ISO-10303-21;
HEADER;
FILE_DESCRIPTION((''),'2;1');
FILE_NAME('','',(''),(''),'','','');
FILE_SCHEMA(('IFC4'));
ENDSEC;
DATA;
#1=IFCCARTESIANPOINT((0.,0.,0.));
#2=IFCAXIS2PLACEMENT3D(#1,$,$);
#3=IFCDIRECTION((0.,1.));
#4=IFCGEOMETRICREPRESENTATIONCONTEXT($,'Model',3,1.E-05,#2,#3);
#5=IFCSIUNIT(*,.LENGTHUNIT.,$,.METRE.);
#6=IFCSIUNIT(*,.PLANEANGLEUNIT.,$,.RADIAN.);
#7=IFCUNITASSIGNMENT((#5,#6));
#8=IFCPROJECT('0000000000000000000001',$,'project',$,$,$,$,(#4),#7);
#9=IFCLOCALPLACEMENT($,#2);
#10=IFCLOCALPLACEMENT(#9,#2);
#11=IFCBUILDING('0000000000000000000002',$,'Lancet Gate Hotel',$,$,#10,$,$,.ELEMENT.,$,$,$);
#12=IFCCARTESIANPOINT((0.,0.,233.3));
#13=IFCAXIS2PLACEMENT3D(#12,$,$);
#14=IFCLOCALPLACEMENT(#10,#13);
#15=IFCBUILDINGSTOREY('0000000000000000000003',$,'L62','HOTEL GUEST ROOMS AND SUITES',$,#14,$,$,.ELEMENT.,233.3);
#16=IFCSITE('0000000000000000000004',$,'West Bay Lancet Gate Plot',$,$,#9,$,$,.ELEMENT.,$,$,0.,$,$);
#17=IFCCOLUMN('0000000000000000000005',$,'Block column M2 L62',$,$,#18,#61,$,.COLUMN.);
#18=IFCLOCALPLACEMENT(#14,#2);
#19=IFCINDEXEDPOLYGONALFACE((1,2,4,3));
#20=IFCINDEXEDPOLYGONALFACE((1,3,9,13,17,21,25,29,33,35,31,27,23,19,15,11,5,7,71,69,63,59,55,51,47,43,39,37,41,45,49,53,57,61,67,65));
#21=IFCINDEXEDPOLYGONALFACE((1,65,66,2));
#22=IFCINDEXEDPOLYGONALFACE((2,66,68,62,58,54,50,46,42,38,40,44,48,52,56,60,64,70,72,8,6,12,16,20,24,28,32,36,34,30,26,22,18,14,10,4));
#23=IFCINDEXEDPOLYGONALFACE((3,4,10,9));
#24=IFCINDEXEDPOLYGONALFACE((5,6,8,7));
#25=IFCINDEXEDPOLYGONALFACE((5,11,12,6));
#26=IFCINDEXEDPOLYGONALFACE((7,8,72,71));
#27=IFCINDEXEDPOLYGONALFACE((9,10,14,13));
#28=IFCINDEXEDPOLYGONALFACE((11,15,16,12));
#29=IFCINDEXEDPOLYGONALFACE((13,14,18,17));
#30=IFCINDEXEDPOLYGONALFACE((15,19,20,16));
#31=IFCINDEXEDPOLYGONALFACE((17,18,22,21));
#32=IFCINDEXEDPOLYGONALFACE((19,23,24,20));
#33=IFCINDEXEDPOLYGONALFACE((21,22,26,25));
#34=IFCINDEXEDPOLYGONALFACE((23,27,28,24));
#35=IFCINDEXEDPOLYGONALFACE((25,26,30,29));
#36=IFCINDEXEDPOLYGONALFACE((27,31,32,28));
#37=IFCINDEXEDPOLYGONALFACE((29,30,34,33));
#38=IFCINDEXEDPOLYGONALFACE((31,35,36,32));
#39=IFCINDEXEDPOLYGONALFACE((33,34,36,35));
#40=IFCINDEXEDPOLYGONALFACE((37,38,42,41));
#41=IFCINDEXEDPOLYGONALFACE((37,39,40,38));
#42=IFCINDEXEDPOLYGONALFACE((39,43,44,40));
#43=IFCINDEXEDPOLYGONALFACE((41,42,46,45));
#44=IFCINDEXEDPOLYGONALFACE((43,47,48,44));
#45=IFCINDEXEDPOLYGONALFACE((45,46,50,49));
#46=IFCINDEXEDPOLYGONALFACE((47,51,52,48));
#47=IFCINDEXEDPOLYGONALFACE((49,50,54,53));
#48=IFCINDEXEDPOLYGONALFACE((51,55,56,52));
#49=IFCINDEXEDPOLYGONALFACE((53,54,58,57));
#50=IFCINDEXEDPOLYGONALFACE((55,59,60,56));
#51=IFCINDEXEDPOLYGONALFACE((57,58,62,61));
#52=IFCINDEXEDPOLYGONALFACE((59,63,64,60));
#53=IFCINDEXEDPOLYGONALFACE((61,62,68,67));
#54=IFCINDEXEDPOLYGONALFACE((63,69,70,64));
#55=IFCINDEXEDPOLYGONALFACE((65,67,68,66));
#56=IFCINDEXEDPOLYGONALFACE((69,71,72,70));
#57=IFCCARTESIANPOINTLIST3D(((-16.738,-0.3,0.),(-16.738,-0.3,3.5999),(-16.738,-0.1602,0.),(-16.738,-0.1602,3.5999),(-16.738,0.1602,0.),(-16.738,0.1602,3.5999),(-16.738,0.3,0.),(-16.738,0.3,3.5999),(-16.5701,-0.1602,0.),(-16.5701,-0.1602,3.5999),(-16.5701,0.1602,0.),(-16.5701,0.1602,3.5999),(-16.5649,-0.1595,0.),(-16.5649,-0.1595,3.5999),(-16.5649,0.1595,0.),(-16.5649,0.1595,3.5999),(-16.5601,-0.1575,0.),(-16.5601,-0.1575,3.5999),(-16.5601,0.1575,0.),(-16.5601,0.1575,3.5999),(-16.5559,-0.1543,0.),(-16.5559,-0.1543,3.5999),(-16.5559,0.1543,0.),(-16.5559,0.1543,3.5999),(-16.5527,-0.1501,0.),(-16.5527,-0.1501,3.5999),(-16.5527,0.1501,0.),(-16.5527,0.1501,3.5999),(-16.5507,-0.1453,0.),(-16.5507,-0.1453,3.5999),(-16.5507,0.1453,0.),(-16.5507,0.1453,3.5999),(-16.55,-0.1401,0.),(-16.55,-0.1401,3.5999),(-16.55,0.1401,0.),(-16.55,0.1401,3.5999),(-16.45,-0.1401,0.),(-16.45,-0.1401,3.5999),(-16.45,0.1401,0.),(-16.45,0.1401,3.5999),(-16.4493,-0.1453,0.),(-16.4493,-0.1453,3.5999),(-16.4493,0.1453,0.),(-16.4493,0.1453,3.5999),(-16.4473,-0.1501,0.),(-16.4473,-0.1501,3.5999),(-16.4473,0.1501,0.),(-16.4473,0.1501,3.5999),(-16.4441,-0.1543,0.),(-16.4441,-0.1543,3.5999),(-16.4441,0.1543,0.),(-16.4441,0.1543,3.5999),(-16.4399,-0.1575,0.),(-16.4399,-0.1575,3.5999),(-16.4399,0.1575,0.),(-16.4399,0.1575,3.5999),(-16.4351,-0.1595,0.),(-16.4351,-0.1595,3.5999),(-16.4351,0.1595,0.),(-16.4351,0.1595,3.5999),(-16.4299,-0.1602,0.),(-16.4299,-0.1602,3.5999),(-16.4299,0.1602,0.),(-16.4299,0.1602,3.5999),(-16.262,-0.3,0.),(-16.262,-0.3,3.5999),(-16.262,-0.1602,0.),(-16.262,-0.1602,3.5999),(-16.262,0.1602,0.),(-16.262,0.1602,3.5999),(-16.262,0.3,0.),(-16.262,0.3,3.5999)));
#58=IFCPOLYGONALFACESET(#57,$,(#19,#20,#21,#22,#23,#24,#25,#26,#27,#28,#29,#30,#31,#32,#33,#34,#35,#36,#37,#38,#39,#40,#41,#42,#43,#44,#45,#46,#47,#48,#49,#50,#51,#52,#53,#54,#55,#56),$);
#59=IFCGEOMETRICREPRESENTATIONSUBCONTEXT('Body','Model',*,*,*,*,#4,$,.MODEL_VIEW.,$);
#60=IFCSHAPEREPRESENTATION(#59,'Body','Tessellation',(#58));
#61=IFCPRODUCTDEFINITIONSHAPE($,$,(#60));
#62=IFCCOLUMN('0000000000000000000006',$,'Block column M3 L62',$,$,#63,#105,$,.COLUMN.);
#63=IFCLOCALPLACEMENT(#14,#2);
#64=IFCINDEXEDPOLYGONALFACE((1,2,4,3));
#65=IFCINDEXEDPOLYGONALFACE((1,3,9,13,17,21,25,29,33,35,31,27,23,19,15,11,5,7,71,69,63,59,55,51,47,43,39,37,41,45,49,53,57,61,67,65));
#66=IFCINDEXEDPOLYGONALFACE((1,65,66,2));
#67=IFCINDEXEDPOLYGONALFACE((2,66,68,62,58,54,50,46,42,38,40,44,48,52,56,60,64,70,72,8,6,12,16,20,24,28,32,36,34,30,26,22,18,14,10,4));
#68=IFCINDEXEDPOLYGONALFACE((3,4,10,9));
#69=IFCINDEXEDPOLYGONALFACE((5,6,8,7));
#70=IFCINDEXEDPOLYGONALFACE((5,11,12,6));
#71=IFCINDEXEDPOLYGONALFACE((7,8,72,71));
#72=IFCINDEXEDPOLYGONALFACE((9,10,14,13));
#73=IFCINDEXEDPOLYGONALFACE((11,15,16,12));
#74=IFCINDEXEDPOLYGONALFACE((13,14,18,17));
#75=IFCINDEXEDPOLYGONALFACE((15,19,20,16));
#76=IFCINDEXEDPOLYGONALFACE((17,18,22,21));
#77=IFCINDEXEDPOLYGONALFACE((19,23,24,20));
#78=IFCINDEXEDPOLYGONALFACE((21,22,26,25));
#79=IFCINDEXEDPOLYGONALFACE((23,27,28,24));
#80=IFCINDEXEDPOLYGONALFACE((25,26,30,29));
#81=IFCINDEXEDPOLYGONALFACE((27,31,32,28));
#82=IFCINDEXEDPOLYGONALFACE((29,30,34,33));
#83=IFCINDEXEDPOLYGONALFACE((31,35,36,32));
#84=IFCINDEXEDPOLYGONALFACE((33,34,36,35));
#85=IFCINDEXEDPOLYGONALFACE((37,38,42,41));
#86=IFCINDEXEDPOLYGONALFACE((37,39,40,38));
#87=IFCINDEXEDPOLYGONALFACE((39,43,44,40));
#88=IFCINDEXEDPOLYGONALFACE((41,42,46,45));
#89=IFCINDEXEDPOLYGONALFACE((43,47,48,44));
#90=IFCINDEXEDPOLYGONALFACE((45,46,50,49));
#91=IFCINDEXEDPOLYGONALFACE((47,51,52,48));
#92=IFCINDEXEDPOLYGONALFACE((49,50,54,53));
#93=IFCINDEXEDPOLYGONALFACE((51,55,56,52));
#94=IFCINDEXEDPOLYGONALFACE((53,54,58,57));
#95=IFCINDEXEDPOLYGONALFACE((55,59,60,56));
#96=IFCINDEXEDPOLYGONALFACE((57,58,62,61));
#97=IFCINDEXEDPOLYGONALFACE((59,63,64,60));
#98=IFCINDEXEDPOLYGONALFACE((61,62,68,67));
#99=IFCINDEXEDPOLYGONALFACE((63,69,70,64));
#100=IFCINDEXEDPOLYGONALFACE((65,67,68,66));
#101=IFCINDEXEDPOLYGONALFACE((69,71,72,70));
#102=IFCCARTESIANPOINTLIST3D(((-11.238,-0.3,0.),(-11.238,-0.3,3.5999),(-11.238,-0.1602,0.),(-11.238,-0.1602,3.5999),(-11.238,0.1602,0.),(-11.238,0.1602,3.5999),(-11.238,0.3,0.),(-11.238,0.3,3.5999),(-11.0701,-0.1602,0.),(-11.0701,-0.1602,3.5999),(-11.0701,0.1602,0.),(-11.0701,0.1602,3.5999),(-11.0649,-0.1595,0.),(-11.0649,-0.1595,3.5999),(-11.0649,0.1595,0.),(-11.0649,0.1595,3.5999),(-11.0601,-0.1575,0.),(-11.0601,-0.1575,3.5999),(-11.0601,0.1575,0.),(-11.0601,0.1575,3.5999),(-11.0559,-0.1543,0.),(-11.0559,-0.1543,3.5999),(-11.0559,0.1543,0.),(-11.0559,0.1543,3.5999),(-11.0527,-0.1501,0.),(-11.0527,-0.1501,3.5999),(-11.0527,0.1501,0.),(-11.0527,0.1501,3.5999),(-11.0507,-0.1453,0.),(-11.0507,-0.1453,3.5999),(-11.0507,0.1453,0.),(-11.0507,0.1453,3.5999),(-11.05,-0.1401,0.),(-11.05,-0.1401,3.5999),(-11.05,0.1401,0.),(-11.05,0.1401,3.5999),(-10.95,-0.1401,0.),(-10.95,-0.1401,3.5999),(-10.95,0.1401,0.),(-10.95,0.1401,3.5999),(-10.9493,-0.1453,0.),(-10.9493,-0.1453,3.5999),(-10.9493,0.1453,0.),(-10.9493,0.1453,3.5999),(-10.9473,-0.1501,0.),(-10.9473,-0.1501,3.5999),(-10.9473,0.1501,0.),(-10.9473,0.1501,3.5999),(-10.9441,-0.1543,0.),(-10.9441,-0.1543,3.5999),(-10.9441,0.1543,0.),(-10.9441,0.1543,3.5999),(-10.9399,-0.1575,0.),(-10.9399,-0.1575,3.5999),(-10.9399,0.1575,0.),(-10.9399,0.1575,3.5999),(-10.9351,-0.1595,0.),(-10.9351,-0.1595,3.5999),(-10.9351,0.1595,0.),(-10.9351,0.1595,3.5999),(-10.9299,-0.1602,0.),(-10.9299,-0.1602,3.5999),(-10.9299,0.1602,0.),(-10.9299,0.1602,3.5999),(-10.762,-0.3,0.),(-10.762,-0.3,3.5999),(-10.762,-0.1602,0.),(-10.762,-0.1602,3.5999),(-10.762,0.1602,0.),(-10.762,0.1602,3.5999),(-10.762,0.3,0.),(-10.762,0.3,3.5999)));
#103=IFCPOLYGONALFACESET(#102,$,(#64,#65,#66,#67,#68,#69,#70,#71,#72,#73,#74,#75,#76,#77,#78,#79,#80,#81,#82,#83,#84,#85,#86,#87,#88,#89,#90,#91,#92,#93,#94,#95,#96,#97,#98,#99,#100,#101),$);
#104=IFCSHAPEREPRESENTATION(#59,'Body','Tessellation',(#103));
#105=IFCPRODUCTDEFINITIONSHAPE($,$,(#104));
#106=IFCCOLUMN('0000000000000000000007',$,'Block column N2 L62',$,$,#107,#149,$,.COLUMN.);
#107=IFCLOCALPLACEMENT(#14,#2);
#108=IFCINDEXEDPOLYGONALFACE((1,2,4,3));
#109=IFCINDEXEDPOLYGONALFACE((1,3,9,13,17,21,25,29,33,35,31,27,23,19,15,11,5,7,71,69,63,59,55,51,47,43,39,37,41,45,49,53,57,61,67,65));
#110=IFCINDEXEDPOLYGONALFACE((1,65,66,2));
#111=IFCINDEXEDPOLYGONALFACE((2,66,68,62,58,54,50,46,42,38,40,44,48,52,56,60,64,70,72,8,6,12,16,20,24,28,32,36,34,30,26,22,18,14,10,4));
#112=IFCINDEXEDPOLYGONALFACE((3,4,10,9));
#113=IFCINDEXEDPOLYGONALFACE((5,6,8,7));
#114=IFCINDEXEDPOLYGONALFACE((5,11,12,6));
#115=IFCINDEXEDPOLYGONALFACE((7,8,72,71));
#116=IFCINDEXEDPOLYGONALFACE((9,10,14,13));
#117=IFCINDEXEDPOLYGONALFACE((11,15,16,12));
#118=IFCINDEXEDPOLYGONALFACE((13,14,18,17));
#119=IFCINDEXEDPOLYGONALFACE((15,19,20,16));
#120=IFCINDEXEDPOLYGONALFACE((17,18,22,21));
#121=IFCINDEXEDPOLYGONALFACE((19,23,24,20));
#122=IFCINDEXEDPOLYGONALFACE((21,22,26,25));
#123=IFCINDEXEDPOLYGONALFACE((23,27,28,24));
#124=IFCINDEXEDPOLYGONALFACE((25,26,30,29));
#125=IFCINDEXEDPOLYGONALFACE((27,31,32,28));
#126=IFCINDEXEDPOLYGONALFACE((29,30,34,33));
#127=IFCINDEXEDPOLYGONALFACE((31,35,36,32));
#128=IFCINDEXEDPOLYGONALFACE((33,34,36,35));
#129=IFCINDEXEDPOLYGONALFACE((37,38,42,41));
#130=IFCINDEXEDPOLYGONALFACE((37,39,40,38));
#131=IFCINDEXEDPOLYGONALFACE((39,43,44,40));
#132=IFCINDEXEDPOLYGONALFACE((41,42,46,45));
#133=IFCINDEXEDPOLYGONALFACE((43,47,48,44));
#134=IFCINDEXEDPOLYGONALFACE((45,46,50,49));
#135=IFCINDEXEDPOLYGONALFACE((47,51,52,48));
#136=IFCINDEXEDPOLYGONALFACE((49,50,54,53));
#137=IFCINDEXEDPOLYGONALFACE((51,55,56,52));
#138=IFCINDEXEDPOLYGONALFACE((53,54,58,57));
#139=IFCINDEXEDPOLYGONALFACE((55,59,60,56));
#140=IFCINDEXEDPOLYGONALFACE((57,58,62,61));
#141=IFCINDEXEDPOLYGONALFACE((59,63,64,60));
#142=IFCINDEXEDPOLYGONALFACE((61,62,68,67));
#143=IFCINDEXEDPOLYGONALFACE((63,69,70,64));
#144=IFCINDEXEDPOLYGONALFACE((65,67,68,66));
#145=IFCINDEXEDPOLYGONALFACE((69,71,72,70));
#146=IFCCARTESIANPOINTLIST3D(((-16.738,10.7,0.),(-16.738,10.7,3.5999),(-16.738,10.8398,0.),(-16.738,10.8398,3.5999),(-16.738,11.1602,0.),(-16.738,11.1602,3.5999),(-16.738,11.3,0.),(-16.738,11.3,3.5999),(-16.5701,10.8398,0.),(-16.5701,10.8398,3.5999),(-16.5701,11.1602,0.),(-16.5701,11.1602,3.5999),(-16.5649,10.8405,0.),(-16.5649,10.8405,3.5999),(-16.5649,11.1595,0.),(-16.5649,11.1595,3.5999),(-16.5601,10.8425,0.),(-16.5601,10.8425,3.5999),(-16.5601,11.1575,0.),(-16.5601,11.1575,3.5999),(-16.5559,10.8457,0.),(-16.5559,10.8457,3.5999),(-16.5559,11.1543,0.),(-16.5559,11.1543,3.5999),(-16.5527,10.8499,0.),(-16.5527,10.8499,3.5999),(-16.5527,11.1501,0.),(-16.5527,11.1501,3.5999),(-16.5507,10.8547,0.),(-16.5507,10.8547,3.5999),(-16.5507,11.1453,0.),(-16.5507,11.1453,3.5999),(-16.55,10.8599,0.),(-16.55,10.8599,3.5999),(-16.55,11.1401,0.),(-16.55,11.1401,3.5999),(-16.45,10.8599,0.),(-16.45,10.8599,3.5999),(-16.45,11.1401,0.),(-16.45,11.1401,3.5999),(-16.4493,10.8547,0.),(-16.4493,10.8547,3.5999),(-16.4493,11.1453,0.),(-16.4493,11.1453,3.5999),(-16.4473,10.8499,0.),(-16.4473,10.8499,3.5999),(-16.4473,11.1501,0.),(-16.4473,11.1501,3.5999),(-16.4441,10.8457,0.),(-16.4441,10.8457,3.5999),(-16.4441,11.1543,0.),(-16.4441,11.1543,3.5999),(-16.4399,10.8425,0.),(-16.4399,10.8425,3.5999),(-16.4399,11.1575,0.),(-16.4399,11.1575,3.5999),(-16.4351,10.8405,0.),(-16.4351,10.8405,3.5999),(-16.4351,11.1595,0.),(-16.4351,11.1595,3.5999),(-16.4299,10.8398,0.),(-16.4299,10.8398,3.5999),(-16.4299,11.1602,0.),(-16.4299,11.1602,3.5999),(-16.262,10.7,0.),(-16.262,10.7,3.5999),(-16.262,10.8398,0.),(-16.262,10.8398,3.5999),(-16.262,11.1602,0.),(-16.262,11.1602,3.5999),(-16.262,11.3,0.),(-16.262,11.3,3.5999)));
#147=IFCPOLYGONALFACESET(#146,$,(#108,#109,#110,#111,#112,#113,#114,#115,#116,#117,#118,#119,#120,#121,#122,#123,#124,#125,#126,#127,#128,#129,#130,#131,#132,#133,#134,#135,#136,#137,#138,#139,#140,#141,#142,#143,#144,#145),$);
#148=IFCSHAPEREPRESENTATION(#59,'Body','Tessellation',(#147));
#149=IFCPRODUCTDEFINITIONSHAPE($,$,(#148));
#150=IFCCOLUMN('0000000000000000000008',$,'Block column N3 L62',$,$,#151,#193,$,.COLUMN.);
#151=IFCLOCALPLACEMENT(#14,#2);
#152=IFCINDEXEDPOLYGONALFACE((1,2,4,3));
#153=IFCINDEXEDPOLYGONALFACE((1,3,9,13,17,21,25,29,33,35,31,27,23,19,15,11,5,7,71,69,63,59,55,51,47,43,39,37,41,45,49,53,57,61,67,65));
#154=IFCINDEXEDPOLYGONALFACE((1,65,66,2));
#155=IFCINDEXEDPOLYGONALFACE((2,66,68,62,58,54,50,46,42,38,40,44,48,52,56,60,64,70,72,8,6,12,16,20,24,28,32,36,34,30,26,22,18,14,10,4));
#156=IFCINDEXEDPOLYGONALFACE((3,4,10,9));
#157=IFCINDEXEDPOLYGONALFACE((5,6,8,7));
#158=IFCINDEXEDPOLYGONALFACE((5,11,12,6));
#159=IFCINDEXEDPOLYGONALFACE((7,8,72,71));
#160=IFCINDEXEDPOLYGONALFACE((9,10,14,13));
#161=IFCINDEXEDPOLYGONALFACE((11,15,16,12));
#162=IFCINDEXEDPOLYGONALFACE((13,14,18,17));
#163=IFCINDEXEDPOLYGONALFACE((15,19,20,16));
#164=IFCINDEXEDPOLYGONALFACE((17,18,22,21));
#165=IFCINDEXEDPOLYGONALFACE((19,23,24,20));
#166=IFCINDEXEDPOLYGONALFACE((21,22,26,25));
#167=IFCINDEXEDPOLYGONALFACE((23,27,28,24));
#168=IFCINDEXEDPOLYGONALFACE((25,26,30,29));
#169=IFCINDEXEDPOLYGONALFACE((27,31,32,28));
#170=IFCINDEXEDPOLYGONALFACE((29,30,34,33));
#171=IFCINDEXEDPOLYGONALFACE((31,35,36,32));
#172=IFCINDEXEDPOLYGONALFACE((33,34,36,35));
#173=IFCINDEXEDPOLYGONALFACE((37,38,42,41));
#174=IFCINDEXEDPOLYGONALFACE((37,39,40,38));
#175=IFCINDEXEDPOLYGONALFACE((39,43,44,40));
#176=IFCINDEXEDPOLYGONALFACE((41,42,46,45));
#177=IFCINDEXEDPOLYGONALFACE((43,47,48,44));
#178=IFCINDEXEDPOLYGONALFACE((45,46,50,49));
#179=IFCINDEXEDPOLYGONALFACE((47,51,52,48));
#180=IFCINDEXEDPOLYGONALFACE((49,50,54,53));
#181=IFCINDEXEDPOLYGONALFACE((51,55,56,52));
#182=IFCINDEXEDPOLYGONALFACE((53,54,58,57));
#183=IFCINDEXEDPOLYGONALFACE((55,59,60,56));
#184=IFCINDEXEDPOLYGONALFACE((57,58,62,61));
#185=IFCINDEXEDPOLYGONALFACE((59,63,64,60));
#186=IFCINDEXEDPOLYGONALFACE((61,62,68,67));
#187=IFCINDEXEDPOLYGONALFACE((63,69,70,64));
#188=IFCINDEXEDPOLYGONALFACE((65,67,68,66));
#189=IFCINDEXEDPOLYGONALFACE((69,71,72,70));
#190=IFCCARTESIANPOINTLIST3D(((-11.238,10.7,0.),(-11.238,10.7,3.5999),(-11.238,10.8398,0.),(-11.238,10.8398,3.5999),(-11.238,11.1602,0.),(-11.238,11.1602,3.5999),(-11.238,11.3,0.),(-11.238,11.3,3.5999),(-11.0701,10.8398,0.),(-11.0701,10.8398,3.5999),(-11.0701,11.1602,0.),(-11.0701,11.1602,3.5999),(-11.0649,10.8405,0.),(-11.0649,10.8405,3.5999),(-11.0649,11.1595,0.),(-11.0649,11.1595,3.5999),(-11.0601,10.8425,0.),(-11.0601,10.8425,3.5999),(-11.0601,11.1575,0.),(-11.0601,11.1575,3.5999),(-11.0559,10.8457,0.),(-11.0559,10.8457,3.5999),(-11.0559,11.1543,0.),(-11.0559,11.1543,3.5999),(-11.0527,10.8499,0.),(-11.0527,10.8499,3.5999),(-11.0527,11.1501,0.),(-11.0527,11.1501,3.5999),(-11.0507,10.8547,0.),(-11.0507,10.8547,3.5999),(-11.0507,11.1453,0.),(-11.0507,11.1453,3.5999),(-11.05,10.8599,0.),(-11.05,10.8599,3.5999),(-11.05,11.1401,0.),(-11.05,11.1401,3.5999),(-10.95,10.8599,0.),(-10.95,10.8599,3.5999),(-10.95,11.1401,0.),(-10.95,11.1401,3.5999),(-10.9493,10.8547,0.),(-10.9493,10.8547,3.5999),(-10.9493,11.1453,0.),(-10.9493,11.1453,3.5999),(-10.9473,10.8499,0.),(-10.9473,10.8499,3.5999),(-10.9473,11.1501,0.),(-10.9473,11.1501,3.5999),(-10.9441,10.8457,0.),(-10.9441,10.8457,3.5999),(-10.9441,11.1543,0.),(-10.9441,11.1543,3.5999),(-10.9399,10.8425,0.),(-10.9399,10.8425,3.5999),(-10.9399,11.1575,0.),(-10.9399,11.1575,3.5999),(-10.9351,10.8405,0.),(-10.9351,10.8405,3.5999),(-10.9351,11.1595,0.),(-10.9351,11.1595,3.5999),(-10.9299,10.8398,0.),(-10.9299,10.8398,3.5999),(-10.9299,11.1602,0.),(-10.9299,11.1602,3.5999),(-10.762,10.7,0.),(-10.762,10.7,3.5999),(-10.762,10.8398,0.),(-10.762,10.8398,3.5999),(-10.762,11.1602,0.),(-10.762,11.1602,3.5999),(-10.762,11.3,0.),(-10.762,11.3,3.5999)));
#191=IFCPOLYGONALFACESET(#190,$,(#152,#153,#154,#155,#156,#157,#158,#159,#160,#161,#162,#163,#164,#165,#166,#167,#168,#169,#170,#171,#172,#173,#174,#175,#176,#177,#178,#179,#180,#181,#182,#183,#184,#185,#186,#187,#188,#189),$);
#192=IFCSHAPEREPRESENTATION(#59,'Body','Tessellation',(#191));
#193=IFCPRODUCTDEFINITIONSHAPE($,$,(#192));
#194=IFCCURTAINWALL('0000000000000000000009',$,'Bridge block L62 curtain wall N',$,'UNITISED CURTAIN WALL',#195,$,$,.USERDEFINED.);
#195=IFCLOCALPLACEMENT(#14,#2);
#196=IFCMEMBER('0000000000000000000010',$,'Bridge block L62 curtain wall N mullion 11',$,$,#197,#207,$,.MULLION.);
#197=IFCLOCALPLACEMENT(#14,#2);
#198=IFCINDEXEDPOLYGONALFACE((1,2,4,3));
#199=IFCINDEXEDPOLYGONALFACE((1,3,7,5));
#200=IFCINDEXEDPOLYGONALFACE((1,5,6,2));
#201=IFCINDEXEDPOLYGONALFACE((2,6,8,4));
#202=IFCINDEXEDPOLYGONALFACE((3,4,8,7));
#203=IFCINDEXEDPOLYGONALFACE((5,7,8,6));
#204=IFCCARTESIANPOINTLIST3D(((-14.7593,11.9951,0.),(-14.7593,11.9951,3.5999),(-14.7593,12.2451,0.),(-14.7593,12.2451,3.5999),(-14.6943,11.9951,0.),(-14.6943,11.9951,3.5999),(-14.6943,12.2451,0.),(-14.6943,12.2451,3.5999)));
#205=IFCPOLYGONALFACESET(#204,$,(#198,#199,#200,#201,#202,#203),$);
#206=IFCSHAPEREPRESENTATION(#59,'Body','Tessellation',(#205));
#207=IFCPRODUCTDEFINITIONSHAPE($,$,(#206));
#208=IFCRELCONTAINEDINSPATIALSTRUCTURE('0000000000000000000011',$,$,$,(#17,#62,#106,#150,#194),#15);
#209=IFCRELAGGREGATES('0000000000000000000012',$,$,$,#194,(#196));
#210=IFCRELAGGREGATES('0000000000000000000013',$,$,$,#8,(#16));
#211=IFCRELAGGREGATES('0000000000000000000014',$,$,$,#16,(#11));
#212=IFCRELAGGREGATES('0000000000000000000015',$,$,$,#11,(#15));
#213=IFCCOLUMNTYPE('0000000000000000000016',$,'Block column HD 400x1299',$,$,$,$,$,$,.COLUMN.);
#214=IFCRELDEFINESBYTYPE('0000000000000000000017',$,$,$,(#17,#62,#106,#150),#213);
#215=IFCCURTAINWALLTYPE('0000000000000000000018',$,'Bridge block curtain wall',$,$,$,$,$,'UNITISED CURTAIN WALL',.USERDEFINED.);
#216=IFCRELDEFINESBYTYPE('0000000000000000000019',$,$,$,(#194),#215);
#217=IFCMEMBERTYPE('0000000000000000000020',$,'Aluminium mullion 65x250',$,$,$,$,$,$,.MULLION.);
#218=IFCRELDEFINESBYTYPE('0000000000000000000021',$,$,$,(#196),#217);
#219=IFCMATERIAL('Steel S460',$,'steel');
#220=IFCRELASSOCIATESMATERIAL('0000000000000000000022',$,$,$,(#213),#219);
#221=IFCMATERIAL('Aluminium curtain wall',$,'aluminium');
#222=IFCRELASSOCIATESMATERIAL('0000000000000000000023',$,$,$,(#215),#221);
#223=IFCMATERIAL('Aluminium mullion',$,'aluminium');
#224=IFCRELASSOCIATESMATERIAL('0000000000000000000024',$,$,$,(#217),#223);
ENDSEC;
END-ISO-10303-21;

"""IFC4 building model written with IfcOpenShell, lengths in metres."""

from ifc_helpers import new_model, si_unit, direction, frame, origin, origin_2d, place, context, subcontext, project, spatial, rectangle, i_section, extrude, material, material_profile, profile_set, type_object, element, aggregate, save


model = new_model("IFC4")

# Units and contexts
model_context = context("Model", 3, precision=1e-05, world=origin(), true_north=direction((0.0, 1.0)))
body_context = subcontext(model_context, "Body", "Model", "MODEL_VIEW")
ifc_project = project(units=[si_unit("LENGTHUNIT", "METRE"), si_unit("PLANEANGLEUNIT", "RADIAN")], contexts=[model_context])

# Site, building, storey
site_placement = place(None, origin())
site = spatial("IfcSite", under=ifc_project, at=site_placement, Name="West Bay Lancet Gate Plot", CompositionType="ELEMENT", RefElevation=0.0)
building_placement = place(site_placement, origin())
building = spatial("IfcBuilding", under=site, at=building_placement, Name="Lancet Gate Hotel", CompositionType="ELEMENT")
storey_placement = place(building_placement, frame((0.0, 0.0, 233.3)))
storey = spatial("IfcBuildingStorey", under=building, at=storey_placement, Name="L62", Description="HOTEL GUEST ROOMS AND SUITES", CompositionType="ELEMENT", Elevation=233.3)

# Columns
ifc_material_1 = material(Name="Steel S460", Category="steel")
ifc_material_profile_1 = material_profile(ifc_material_1, i_section(OverallWidth=0.4761, OverallDepth=0.6001, WebThickness=0.1001, FlangeThickness=0.1399, FilletRadius=0.02, at=origin_2d()), Name="HD 400x1299")
ifc_profile_set_1 = profile_set([ifc_material_profile_1], Name="Steel S460")
column_type = type_object("IfcColumnType", Name="Block column HD 400x1299", PredefinedType="COLUMN", material=ifc_profile_set_1)
for number, where, z_axis, x_axis, name in (
    (1, (-16.5, 0.0, 0.0), (0.0, 0.0, 1.0), (1.0, 0.0, 0.0), "Block column M2 L62"),
    (2, (-11.0, 0.0, 0.0), (0.0, 0.0, 1.0), (1.0, 0.0, 0.0), "Block column M3 L62"),
    (3, (-16.5, 11.0, 0.0), (0.0, 0.0, 1.0), (1.0, 0.0, 0.0), "Block column N2 L62"),
    (4, (-11.0, 11.0, 0.0), (0.0, 0.0, 1.0), (1.0, 0.0, 0.0), "Block column N3 L62"),
):
    element("IfcColumn", number, at=place(storey_placement, frame(where, z_axis=z_axis, x_axis=x_axis)), inside=storey, type_object=column_type, Name=name, PredefinedType="COLUMN", context=body_context, shape_type="SweptSolid", body=[
        extrude(i_section(OverallWidth=0.4761, OverallDepth=0.6001, WebThickness=0.1001, FlangeThickness=0.1399, FilletRadius=0.02, at=origin_2d()), origin(), (0.0, 0.0, 1.0), 3.5999),
    ])

# Curtain wall, member
ifc_material_2 = material(Name="Aluminium curtain wall", Category="aluminium")
curtain_wall_type = type_object("IfcCurtainWallType", Name="Bridge block curtain wall", ElementType="UNITISED CURTAIN WALL", PredefinedType="USERDEFINED", material=ifc_material_2)
curtain_wall_placement = place(storey_placement, origin())
curtain_wall = element("IfcCurtainWall", 5, at=curtain_wall_placement, inside=storey, type_object=curtain_wall_type, Name="Bridge block L62 curtain wall N", ObjectType="UNITISED CURTAIN WALL", PredefinedType="USERDEFINED")
ifc_material_3 = material(Name="Aluminium mullion", Category="aluminium")
ifc_material_profile_2 = material_profile(ifc_material_3, rectangle(XDim=0.0649, YDim=0.25, at=origin_2d()), Name="MULLION 65x250")
ifc_profile_set_2 = profile_set([ifc_material_profile_2], Name="Aluminium mullion")
member_type_1 = type_object("IfcMemberType", Name="Aluminium mullion 65x250", PredefinedType="MULLION", material=ifc_profile_set_2)
member_1_placement = place(storey_placement, frame((-14.7268, 12.1201, 0.0), z_axis=(0.0, 0.0, 1.0), x_axis=(-1.0, 0.0, 0.0)))
member_1 = element("IfcMember", 6, at=member_1_placement, type_object=member_type_1, Name="Bridge block L62 curtain wall N mullion 11", PredefinedType="MULLION", context=body_context, shape_type="SweptSolid", body=[
    extrude(rectangle(XDim=0.0649, YDim=0.25, at=origin_2d()), origin(), (0.0, 0.0, 1.0), 3.5999),
])

aggregate(curtain_wall, [member_1])

save(model, "model.ifc")
